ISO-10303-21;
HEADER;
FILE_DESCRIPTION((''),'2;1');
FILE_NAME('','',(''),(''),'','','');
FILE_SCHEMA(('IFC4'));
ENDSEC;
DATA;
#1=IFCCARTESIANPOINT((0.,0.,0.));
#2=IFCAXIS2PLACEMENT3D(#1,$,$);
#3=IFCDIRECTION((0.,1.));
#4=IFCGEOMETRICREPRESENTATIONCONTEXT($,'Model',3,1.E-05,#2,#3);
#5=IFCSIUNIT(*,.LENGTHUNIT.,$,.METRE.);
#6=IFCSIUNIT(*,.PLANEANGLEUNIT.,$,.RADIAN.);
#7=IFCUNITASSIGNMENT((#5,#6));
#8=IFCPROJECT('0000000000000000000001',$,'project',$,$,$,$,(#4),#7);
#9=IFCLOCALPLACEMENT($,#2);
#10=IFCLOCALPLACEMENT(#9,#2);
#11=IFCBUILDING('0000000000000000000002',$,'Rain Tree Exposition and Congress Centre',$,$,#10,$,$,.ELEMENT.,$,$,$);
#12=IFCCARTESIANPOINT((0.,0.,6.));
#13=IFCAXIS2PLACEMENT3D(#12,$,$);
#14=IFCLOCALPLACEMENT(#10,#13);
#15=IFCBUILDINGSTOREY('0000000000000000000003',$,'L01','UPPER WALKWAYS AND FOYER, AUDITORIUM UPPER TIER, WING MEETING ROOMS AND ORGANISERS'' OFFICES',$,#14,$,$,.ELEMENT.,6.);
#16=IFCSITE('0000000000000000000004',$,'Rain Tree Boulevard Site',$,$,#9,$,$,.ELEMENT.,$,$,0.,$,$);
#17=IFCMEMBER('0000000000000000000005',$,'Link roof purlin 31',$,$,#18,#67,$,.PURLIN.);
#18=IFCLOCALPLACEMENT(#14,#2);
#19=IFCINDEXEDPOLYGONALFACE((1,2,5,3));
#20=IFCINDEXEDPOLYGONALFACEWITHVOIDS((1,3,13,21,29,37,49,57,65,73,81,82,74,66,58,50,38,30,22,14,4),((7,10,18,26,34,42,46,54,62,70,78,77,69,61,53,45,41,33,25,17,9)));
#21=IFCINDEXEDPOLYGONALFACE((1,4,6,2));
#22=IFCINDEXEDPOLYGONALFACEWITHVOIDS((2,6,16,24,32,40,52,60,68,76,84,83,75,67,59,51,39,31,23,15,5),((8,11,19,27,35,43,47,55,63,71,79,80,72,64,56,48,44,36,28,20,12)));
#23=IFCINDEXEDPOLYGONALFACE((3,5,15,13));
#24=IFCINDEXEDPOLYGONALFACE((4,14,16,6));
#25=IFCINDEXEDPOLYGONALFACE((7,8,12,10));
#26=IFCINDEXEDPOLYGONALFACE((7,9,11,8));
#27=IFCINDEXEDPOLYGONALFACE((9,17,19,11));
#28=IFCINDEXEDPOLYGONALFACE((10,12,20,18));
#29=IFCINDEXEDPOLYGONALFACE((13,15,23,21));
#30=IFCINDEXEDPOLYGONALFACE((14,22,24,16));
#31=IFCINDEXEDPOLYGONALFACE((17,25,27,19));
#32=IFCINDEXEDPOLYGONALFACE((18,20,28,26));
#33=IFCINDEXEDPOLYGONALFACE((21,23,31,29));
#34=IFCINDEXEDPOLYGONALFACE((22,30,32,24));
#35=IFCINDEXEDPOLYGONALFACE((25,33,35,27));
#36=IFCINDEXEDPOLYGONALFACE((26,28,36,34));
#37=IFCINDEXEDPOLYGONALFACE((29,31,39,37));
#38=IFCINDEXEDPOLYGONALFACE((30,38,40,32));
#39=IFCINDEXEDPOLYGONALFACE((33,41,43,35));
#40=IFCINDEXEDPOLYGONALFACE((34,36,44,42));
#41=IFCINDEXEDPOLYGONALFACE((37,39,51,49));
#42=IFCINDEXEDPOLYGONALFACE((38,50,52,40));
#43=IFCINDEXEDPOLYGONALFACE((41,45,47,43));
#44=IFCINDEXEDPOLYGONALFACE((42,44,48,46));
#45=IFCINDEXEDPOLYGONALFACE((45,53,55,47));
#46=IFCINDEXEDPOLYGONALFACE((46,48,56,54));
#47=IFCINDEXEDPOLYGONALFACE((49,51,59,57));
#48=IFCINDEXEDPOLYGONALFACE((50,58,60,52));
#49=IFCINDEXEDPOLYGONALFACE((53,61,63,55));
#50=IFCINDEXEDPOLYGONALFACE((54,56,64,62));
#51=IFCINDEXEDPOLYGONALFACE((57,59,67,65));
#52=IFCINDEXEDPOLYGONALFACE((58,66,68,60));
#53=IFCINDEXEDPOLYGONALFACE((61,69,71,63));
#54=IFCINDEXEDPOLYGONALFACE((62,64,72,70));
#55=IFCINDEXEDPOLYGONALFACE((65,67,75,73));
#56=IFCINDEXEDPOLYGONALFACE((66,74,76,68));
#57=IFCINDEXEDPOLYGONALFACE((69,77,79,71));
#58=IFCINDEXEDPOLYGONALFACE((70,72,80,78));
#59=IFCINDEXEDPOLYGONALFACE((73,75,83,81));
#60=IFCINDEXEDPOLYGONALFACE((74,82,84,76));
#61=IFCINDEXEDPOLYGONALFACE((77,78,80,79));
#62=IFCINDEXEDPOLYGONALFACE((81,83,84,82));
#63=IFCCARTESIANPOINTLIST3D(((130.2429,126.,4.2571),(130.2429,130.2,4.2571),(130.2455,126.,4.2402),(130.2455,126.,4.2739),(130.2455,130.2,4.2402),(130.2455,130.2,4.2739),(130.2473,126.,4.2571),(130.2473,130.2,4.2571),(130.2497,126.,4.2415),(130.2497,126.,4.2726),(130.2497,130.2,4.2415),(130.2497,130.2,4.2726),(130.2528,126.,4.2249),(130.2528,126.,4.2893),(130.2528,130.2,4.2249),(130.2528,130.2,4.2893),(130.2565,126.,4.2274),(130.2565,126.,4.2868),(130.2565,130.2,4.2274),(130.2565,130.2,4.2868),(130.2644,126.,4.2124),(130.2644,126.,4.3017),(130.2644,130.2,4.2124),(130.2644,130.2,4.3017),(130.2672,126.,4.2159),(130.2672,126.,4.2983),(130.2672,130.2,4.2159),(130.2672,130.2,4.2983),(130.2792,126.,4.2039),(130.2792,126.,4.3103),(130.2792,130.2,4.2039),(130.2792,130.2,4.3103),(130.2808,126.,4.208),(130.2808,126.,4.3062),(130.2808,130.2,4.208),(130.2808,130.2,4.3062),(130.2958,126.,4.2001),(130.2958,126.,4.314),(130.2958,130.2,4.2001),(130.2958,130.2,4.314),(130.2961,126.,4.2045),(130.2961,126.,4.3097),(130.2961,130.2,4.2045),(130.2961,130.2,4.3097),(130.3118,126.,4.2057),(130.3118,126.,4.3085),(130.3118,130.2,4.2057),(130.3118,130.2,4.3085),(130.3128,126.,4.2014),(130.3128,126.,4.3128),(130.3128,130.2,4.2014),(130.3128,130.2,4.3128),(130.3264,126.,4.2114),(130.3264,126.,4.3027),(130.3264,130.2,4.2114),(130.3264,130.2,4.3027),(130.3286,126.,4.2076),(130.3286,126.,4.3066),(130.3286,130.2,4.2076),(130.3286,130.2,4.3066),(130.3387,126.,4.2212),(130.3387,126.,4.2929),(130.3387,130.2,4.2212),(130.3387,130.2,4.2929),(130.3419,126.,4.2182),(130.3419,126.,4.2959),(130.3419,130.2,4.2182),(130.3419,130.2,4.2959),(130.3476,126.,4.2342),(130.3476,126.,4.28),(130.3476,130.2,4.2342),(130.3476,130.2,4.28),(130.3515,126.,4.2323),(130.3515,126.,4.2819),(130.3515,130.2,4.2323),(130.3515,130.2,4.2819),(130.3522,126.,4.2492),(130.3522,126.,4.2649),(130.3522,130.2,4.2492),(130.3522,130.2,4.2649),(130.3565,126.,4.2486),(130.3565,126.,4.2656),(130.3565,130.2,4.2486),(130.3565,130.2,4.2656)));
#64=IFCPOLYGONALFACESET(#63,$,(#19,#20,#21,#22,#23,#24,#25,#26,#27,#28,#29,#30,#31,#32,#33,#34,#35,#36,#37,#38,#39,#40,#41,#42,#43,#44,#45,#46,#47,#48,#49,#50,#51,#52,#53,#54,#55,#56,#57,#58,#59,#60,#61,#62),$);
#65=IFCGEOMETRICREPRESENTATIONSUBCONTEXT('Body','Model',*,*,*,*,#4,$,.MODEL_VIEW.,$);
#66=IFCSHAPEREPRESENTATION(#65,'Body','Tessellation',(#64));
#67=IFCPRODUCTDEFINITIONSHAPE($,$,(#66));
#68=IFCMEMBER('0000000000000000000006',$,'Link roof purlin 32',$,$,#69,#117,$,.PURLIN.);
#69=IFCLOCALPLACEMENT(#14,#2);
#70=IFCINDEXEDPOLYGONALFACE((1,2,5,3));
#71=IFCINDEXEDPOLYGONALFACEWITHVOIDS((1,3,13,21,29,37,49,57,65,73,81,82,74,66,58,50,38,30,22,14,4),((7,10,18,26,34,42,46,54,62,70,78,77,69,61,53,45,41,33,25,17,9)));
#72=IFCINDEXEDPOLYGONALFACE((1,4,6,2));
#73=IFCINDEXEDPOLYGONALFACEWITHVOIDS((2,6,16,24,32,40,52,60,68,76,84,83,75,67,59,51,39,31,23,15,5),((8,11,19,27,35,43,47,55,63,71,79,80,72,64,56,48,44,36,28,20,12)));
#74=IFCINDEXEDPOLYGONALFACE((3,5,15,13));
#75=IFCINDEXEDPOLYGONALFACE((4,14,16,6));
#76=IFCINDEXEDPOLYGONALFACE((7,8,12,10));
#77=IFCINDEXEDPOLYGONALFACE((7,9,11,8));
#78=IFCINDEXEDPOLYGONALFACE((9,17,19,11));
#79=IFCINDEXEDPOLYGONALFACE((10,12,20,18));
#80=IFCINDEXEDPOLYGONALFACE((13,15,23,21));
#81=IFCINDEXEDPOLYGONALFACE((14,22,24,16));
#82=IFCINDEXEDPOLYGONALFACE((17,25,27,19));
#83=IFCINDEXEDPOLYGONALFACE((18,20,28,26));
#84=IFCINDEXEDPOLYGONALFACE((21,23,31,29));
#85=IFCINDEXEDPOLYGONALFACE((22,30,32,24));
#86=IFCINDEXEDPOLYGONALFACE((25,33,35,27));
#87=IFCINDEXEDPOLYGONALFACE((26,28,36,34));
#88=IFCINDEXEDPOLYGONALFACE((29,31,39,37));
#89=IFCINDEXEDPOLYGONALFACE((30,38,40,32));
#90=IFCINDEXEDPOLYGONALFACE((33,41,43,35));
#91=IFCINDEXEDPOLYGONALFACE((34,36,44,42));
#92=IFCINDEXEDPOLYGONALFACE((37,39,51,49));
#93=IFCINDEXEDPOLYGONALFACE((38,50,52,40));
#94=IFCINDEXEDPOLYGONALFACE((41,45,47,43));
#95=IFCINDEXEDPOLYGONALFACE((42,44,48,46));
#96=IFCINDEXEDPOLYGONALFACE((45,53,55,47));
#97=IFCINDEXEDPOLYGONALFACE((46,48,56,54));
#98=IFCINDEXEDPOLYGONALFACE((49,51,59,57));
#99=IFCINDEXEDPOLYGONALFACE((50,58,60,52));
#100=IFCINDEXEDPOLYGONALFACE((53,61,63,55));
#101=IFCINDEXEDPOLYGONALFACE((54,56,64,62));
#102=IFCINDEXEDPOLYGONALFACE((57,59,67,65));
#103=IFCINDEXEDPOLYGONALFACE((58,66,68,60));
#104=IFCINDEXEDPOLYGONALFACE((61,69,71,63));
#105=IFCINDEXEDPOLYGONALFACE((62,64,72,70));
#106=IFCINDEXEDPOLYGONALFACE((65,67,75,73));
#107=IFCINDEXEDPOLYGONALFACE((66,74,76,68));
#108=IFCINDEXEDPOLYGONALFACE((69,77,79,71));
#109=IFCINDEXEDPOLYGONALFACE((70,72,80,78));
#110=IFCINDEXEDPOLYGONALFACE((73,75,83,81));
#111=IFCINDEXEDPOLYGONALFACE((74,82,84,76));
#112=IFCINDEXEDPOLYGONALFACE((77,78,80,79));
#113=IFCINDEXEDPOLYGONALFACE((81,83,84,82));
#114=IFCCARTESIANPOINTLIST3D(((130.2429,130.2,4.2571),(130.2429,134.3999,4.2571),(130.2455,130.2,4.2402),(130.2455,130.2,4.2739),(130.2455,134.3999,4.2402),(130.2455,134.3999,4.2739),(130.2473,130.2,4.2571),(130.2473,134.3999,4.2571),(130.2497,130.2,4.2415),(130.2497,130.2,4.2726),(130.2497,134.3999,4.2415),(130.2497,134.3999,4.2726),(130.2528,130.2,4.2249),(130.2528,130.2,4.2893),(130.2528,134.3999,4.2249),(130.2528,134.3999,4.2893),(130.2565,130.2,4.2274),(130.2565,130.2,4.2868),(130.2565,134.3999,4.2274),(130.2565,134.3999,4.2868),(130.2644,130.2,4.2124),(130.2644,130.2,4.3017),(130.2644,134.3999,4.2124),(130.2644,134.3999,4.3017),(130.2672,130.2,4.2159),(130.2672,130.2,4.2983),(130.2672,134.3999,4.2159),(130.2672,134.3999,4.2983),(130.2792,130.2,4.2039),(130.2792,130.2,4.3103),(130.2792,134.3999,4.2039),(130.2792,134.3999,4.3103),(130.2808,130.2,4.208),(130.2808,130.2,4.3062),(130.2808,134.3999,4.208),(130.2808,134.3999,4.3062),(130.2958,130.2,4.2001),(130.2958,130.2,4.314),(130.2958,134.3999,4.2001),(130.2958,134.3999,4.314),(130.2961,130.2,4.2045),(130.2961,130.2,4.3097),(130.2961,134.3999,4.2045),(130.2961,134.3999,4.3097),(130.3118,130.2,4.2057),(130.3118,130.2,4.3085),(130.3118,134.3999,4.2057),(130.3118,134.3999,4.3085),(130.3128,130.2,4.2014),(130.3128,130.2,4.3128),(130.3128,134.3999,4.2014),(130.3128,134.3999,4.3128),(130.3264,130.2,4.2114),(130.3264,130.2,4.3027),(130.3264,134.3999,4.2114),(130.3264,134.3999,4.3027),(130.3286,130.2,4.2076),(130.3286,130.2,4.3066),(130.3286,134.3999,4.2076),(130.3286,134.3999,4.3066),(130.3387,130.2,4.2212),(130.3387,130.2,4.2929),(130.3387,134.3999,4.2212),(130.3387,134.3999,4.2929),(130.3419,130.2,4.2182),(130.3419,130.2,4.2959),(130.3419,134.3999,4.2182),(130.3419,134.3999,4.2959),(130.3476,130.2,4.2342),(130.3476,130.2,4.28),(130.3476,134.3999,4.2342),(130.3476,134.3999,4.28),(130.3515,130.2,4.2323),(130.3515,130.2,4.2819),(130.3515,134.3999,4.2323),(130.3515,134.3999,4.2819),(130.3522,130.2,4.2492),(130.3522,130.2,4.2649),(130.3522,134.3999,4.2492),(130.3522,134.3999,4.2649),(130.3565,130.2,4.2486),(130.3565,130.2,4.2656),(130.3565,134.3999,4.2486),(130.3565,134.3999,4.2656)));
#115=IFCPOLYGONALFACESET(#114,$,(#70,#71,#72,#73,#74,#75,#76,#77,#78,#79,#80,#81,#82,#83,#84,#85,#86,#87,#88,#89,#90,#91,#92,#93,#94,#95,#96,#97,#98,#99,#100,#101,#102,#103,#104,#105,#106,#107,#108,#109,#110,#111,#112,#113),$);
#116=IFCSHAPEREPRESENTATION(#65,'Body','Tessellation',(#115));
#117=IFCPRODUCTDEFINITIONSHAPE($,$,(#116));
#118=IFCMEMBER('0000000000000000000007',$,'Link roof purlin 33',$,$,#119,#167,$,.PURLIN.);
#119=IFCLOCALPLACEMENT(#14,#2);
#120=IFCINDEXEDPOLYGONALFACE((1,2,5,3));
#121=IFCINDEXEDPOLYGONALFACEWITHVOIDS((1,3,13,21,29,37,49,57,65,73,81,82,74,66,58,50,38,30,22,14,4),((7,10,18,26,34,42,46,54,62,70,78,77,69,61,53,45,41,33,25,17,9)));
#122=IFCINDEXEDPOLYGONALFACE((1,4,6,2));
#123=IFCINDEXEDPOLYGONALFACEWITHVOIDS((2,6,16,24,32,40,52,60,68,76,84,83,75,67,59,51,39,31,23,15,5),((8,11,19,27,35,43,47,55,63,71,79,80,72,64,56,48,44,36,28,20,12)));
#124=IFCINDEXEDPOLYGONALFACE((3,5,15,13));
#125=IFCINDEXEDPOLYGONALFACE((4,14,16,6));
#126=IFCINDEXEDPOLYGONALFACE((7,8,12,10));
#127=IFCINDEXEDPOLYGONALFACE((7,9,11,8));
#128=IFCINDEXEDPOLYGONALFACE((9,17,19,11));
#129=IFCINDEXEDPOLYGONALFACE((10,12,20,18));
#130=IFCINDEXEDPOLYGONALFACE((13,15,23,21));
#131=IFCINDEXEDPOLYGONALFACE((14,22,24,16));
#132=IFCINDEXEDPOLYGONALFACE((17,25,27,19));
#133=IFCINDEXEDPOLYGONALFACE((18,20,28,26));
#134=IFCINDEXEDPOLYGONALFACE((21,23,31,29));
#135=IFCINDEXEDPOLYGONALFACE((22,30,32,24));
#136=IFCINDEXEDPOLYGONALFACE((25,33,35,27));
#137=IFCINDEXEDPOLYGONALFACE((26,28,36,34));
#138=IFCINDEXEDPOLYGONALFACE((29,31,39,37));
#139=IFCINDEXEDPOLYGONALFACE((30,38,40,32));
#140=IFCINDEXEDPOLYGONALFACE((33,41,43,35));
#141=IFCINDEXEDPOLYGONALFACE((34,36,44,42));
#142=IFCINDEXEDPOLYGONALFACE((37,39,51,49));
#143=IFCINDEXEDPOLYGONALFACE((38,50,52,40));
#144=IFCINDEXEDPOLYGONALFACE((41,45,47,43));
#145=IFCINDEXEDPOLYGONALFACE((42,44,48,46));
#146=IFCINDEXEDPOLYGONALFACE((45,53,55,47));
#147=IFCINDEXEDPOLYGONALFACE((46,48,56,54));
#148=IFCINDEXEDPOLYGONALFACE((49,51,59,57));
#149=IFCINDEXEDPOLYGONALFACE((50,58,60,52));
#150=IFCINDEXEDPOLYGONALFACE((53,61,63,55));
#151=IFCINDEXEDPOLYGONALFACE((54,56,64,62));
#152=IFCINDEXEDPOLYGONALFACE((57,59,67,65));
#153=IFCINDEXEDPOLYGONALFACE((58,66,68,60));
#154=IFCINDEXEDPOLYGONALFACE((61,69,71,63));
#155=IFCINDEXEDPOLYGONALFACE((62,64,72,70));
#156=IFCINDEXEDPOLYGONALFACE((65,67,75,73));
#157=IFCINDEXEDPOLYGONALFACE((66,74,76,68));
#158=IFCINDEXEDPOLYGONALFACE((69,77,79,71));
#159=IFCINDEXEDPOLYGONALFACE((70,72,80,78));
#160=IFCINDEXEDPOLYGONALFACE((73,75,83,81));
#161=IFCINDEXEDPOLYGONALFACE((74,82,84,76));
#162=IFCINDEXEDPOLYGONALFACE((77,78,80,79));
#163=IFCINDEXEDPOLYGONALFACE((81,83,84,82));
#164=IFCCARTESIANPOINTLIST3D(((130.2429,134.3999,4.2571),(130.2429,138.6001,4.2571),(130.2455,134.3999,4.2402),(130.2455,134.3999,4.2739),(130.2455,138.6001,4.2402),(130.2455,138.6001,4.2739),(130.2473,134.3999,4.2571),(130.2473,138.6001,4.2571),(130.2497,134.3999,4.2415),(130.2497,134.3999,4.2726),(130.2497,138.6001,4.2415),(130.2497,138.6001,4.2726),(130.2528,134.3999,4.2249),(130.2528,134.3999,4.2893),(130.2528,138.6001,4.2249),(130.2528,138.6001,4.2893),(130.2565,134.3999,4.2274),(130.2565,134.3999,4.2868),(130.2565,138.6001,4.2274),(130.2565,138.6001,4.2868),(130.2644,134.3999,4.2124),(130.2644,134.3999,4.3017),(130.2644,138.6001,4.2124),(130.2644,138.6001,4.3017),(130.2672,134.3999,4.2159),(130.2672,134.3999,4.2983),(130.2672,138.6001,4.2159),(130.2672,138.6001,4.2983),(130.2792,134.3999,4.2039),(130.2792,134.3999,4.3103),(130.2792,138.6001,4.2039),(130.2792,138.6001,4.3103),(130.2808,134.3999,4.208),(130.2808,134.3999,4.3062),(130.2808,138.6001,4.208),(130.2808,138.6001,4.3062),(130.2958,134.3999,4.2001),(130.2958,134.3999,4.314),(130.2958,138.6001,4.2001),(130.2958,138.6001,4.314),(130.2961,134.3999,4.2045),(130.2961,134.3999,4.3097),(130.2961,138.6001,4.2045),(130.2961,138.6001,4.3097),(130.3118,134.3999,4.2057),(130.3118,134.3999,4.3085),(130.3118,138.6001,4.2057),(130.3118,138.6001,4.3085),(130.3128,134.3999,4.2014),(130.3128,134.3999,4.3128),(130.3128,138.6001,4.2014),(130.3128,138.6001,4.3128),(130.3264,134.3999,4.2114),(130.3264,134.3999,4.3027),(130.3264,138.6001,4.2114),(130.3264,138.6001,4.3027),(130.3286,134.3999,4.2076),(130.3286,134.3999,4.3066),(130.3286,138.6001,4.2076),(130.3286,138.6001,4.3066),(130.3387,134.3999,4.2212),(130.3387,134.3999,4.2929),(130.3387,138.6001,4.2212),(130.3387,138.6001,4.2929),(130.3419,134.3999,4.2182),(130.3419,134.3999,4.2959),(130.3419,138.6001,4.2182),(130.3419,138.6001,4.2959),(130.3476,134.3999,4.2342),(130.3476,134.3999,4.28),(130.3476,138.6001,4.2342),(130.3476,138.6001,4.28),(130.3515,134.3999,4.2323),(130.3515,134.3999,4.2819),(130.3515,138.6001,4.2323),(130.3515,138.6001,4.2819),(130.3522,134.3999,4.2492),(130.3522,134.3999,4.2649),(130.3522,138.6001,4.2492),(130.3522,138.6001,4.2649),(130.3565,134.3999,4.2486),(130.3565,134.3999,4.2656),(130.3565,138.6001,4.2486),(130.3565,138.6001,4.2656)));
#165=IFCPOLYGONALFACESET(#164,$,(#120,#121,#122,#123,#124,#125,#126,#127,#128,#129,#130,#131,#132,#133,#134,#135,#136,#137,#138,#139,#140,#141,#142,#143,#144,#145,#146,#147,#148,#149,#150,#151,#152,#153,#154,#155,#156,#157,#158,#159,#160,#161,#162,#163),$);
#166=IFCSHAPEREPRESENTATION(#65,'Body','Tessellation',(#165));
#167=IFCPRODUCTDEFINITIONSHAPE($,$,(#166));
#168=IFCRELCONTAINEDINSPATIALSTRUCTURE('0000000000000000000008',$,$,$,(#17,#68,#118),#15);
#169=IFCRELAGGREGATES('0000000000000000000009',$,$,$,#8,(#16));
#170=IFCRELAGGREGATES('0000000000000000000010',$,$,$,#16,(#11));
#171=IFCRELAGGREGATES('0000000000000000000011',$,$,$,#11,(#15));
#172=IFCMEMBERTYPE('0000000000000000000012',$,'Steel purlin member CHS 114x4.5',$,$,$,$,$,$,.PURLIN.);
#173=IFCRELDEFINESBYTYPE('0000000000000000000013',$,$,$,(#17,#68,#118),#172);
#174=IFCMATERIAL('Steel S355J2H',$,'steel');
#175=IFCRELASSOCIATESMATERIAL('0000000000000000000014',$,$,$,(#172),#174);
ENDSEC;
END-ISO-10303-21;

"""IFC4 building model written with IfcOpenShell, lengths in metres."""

from ifc_helpers import new_model, si_unit, direction, frame, origin, origin_2d, place, context, subcontext, project, spatial, hollow_circle, extrude, material, material_profile, profile_set, type_object, element, save


model = new_model("IFC4")

# Units and contexts
model_context = context("Model", 3, precision=1e-05, world=origin(), true_north=direction((0.0, 1.0)))
body_context = subcontext(model_context, "Body", "Model", "MODEL_VIEW")
ifc_project = project(units=[si_unit("LENGTHUNIT", "METRE"), si_unit("PLANEANGLEUNIT", "RADIAN")], contexts=[model_context])

# Site, building, storey
site_placement = place(None, origin())
site = spatial("IfcSite", under=ifc_project, at=site_placement, Name="Rain Tree Boulevard Site", CompositionType="ELEMENT", RefElevation=0.0)
building_placement = place(site_placement, origin())
building = spatial("IfcBuilding", under=site, at=building_placement, Name="Rain Tree Exposition and Congress Centre", CompositionType="ELEMENT")
storey_placement = place(building_placement, frame((0.0, 0.0, 6.0)))
storey = spatial("IfcBuildingStorey", under=building, at=storey_placement, Name="L01", Description="UPPER WALKWAYS AND FOYER, AUDITORIUM UPPER TIER, WING MEETING ROOMS AND ORGANISERS' OFFICES", CompositionType="ELEMENT", Elevation=6.0)

# Members
ifc_material_1 = material(Name="Steel S355J2H", Category="steel")
ifc_material_profile_1 = material_profile(ifc_material_1, hollow_circle(Radius=0.0571, WallThickness=0.0044, at=origin_2d()), Name="CHS 114x4.5")
ifc_profile_set_1 = profile_set([ifc_material_profile_1], Name="Steel S355J2H")
member_type = type_object("IfcMemberType", Name="Steel purlin member CHS 114x4.5", PredefinedType="PURLIN", material=ifc_profile_set_1)
for number, where, z_axis, x_axis, name in (
    (1, (130.3, 126.0, 4.2571), (0.0, 1.0, 0.0), (-1.0, 0.0, 0.0), "Link roof purlin 31"),
    (2, (130.3, 130.2, 4.2571), (0.0, 1.0, 0.0), (-1.0, 0.0, 0.0), "Link roof purlin 32"),
):
    element("IfcMember", number, at=place(storey_placement, frame(where, z_axis=z_axis, x_axis=x_axis)), inside=storey, type_object=member_type, Name=name, PredefinedType="PURLIN", context=body_context, shape_type="SweptSolid", body=[
        extrude(hollow_circle(Radius=0.0571, WallThickness=0.0044, at=origin_2d()), origin(), (0.0, 0.0, 1.0), 4.2),
    ])
member_1_placement = place(storey_placement, frame((130.3, 134.3999, 4.2571), z_axis=(0.0, 1.0, 0.0), x_axis=(-1.0, 0.0, 0.0)))
element("IfcMember", 3, at=member_1_placement, inside=storey, type_object=member_type, Name="Link roof purlin 33", PredefinedType="PURLIN", context=body_context, shape_type="SweptSolid", body=[
    extrude(hollow_circle(Radius=0.0571, WallThickness=0.0044, at=origin_2d()), origin(), (0.0, 0.0, 1.0), 4.2002),
])

save(model, "model.ifc")
